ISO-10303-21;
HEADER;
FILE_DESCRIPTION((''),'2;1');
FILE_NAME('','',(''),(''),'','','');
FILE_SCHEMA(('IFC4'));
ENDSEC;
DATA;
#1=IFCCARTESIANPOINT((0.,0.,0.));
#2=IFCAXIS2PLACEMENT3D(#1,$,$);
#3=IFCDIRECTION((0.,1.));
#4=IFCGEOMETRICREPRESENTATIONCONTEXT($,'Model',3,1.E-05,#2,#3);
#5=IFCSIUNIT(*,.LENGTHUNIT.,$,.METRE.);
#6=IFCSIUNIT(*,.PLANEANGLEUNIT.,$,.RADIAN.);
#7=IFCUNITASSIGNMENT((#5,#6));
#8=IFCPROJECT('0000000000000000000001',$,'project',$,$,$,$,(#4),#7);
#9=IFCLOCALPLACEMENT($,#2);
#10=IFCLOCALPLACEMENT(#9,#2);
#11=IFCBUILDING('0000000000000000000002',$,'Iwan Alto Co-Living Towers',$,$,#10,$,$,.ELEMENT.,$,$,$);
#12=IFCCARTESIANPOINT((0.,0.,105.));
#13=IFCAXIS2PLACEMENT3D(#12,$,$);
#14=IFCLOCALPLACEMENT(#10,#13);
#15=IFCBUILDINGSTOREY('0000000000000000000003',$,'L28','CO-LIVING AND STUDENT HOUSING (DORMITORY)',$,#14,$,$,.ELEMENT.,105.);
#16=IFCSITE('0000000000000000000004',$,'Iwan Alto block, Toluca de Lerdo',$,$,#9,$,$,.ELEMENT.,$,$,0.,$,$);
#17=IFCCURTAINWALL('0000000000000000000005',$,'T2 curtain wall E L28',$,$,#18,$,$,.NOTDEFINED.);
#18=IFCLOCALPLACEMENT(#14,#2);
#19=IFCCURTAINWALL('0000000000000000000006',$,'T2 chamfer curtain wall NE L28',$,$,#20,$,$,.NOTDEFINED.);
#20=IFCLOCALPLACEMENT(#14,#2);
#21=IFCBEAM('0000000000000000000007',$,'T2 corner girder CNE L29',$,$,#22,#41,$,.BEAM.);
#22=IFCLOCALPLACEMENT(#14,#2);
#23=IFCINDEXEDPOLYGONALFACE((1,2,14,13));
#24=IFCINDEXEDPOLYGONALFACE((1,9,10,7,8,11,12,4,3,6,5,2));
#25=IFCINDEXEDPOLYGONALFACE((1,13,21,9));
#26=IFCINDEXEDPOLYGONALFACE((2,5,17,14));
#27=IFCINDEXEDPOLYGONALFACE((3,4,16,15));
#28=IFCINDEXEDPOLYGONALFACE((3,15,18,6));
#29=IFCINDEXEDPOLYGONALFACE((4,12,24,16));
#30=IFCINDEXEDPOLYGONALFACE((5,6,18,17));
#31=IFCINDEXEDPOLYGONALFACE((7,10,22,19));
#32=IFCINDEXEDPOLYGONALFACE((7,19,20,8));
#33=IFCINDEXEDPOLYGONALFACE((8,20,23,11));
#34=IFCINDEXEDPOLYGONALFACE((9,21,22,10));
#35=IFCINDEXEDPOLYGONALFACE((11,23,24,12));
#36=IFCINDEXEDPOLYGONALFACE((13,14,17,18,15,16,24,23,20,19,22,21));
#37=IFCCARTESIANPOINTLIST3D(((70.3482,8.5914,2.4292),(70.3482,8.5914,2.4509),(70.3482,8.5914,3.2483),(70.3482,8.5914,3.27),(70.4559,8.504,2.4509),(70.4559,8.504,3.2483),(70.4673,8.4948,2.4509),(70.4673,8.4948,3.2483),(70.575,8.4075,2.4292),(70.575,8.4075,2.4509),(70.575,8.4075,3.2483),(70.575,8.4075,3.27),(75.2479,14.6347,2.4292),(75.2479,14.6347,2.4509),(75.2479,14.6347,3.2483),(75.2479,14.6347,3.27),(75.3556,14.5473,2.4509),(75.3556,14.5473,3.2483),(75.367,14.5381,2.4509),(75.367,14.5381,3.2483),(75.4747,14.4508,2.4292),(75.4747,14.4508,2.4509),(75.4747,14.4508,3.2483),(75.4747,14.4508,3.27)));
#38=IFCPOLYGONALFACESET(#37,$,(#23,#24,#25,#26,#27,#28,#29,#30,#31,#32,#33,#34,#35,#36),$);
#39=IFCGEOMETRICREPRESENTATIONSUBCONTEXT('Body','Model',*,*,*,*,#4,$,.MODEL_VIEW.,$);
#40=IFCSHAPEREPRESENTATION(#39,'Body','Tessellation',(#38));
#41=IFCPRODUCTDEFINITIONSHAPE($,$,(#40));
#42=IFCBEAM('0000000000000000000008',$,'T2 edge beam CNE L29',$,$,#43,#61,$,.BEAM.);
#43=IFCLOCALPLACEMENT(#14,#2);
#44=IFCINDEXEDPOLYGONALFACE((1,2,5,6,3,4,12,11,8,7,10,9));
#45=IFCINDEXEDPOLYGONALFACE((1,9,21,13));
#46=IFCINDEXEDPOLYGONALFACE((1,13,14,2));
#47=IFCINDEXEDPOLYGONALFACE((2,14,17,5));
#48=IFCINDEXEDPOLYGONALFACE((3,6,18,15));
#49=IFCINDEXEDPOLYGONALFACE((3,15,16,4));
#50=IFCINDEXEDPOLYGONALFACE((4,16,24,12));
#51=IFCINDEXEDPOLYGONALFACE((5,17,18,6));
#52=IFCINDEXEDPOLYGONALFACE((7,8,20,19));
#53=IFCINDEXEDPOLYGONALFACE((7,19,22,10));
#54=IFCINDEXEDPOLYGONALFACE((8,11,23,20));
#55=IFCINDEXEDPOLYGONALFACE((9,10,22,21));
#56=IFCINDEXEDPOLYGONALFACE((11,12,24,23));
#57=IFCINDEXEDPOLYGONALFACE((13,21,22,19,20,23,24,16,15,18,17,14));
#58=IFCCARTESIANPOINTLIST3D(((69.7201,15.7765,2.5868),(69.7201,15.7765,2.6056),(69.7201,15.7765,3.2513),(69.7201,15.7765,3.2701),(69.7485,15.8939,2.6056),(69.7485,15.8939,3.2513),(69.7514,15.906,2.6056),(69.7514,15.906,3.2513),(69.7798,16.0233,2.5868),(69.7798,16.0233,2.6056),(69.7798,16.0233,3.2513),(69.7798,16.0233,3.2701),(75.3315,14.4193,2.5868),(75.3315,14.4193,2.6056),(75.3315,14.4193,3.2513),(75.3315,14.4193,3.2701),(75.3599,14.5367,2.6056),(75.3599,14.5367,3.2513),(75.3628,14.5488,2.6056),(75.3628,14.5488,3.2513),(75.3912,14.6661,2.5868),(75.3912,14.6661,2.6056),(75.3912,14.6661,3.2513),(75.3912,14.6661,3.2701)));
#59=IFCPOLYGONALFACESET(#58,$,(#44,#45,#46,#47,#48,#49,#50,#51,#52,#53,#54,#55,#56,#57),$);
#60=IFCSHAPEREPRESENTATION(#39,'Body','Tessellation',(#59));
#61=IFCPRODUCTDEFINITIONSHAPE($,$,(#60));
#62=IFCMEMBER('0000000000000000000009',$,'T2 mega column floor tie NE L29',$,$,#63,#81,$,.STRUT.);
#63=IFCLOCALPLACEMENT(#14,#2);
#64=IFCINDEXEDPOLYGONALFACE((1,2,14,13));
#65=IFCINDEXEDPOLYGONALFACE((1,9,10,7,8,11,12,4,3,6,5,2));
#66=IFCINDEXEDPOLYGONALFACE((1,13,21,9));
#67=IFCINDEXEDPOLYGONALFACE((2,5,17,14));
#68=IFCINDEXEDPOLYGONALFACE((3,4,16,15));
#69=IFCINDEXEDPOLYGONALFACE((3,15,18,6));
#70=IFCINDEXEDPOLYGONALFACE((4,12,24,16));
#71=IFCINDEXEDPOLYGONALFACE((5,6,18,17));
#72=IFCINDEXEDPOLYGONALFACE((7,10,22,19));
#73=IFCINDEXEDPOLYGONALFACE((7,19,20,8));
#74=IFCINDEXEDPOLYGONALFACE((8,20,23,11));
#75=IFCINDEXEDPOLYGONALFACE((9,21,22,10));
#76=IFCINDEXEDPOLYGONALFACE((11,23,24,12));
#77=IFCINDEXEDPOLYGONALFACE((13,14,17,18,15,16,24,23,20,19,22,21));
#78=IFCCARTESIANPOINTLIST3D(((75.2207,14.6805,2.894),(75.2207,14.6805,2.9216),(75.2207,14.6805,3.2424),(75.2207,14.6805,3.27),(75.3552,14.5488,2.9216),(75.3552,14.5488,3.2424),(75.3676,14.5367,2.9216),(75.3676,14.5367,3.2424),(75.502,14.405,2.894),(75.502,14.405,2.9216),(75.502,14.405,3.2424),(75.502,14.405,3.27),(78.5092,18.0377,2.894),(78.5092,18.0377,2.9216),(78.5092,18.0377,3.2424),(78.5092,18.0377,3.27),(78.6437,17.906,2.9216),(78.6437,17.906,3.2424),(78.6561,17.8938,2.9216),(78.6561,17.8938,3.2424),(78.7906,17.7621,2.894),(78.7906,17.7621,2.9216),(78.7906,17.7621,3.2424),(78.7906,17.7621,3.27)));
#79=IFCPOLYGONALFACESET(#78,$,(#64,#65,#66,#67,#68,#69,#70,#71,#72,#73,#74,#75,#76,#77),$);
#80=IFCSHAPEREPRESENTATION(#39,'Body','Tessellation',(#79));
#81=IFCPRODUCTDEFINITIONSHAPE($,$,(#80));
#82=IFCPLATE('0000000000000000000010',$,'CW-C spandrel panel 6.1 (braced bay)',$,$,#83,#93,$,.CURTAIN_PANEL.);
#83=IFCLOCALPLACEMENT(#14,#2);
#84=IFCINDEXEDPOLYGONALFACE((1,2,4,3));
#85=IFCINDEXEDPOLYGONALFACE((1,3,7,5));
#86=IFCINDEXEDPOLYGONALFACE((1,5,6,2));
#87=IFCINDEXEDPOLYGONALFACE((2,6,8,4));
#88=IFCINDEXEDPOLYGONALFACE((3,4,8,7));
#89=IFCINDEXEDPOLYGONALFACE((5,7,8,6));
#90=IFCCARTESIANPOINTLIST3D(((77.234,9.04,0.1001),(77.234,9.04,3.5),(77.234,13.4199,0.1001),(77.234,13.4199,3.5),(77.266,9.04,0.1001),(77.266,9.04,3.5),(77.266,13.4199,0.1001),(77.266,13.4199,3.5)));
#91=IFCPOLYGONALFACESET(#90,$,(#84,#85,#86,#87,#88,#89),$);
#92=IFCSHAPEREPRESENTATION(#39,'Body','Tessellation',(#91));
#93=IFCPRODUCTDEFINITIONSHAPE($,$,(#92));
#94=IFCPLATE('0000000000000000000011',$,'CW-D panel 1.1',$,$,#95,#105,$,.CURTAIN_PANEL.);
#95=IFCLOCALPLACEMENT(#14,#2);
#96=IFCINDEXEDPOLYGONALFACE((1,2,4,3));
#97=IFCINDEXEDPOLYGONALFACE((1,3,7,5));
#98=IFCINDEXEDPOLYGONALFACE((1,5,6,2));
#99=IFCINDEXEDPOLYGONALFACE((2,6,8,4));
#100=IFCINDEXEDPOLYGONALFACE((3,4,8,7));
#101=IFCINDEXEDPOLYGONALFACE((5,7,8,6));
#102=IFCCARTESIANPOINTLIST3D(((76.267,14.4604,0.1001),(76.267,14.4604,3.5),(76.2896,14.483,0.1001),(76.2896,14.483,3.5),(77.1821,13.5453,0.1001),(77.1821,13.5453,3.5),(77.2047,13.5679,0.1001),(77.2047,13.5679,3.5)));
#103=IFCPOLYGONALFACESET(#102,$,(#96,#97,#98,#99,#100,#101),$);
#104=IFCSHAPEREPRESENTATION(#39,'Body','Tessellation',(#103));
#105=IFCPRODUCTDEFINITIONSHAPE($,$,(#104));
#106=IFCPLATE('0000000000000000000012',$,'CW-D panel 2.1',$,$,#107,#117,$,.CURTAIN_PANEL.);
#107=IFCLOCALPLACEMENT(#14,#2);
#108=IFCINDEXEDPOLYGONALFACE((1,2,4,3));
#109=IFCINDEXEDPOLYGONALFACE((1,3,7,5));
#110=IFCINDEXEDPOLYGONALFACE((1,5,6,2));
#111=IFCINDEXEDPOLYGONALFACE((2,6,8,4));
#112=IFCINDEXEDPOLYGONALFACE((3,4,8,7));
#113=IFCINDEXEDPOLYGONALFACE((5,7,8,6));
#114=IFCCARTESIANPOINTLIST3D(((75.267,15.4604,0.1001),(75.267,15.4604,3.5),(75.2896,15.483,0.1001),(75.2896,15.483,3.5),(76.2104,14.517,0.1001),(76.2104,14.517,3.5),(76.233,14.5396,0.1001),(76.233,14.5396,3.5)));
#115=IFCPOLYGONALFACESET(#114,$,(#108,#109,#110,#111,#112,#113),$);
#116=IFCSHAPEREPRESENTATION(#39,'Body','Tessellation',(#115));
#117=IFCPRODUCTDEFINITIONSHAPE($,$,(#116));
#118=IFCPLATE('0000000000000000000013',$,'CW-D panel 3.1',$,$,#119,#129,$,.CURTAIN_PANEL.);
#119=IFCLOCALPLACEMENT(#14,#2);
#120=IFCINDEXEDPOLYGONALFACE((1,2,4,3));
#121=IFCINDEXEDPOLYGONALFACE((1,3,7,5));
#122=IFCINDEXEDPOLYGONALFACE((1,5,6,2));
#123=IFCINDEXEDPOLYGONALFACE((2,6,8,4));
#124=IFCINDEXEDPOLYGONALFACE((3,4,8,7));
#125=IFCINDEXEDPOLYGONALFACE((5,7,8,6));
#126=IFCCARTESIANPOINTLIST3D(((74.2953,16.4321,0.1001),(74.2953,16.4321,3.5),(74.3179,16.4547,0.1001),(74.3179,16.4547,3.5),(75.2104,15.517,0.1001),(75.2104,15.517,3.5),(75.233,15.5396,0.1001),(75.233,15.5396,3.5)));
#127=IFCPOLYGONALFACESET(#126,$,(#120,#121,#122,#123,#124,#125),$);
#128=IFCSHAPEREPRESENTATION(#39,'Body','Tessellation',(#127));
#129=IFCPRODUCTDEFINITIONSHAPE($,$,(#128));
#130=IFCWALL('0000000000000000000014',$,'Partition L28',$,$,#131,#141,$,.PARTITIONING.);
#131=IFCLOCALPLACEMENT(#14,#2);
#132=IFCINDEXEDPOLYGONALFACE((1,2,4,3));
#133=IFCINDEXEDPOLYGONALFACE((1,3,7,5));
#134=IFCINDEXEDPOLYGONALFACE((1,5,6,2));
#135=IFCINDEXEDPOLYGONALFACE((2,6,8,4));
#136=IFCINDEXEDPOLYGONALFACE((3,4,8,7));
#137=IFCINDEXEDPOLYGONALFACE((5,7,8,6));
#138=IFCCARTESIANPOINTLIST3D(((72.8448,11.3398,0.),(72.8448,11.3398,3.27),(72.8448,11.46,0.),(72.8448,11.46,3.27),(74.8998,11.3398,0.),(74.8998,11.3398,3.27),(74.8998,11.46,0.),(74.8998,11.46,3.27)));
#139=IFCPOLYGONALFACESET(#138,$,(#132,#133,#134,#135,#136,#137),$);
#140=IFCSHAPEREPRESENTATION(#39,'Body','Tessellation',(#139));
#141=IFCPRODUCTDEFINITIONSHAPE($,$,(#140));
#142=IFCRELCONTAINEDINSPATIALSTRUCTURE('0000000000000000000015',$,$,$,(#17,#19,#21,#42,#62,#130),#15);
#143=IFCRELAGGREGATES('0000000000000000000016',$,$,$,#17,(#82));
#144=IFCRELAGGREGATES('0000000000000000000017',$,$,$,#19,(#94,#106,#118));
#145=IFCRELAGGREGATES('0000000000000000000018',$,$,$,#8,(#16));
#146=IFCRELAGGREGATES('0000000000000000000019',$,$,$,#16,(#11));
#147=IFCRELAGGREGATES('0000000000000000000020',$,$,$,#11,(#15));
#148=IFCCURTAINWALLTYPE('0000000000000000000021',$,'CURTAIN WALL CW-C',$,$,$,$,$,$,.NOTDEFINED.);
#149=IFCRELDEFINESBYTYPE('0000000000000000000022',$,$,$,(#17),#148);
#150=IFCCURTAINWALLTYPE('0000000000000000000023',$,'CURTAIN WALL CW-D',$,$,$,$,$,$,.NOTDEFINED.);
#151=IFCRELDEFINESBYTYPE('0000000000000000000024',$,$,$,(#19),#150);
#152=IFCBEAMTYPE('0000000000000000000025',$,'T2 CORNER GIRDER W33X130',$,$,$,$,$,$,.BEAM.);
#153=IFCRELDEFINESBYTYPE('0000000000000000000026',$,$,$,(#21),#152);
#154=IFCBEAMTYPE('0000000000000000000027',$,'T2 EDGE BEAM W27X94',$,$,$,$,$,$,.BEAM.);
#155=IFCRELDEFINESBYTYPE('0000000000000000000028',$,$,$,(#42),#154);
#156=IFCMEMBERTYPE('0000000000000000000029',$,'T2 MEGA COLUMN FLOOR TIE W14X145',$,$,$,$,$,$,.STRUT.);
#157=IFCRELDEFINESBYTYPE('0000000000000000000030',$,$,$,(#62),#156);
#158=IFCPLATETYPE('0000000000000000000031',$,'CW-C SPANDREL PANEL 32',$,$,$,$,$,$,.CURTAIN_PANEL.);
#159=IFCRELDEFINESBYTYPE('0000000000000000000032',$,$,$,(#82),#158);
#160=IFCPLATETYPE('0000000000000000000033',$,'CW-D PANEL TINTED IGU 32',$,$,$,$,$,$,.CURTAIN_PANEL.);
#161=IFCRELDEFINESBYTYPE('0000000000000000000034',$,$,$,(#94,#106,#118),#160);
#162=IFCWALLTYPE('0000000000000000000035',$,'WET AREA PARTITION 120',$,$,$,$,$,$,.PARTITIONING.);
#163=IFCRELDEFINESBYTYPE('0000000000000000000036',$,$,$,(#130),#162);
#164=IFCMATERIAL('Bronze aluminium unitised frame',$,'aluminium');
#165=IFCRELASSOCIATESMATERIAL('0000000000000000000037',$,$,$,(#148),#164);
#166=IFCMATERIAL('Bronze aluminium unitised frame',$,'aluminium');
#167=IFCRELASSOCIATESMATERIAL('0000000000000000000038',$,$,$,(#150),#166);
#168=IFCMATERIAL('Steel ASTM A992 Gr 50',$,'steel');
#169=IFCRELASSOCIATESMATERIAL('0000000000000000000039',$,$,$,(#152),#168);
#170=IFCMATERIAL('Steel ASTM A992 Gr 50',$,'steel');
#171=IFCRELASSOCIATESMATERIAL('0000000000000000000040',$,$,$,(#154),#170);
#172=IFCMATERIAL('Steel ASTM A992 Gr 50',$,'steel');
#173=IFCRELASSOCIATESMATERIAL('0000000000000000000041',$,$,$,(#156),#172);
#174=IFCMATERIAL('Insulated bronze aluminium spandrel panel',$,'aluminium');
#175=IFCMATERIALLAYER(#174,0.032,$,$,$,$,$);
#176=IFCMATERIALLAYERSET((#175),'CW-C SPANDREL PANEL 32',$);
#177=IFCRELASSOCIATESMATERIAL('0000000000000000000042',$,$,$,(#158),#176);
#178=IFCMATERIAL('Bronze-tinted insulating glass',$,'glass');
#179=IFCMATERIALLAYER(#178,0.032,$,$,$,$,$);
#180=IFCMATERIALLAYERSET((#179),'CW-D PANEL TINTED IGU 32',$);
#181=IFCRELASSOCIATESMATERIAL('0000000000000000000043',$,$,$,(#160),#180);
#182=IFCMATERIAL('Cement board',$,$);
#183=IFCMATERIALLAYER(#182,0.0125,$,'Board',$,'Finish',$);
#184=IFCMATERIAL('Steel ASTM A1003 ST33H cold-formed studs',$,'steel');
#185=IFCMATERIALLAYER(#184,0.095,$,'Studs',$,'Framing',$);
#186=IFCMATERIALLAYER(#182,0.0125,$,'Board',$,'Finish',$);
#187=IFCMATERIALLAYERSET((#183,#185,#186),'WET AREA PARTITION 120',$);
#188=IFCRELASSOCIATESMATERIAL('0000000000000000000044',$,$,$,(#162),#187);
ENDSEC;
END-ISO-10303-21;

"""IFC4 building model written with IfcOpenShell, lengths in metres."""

from ifc_helpers import new_model, si_unit, direction, frame, frame_2d, origin, origin_2d, place, context, subcontext, project, spatial, rectangle, i_section, extrude, material, layer, layer_set, material_profile, profile_set, type_object, element, aggregate, save


model = new_model("IFC4")

# Units and contexts
model_context = context("Model", 3, precision=1e-05, world=origin(), true_north=direction((0.0, 1.0)))
body_context = subcontext(model_context, "Body", "Model", "MODEL_VIEW")
ifc_project = project(units=[si_unit("LENGTHUNIT", "METRE"), si_unit("PLANEANGLEUNIT", "RADIAN")], contexts=[model_context])

# Site, building, storey
site_placement = place(None, origin())
site = spatial("IfcSite", under=ifc_project, at=site_placement, Name="Iwan Alto block, Toluca de Lerdo", CompositionType="ELEMENT", RefElevation=0.0)
building_placement = place(site_placement, origin())
building = spatial("IfcBuilding", under=site, at=building_placement, Name="Iwan Alto Co-Living Towers", CompositionType="ELEMENT")
storey_placement = place(building_placement, frame((0.0, 0.0, 105.0)))
storey = spatial("IfcBuildingStorey", under=building, at=storey_placement, Name="L28", Description="CO-LIVING AND STUDENT HOUSING (DORMITORY)", CompositionType="ELEMENT", Elevation=105.0)

# Curtain wall
ifc_material_1 = material(Name="Bronze aluminium unitised frame", Category="aluminium")
curtain_wall_type_1 = type_object("IfcCurtainWallType", Name="CURTAIN WALL CW-C", PredefinedType="NOTDEFINED", material=ifc_material_1)
curtain_wall_1_placement = place(storey_placement, origin())
curtain_wall_1 = element("IfcCurtainWall", 1, at=curtain_wall_1_placement, inside=storey, type_object=curtain_wall_type_1, Name="T2 curtain wall E L28", PredefinedType="NOTDEFINED")

# Curtain wall
ifc_material_2 = material(Name="Bronze aluminium unitised frame", Category="aluminium")
curtain_wall_type_2 = type_object("IfcCurtainWallType", Name="CURTAIN WALL CW-D", PredefinedType="NOTDEFINED", material=ifc_material_2)
curtain_wall_2_placement = place(storey_placement, origin())
curtain_wall_2 = element("IfcCurtainWall", 2, at=curtain_wall_2_placement, inside=storey, type_object=curtain_wall_type_2, Name="T2 chamfer curtain wall NE L28", PredefinedType="NOTDEFINED")

# Beams
ifc_material_3 = material(Name="Steel ASTM A992 Gr 50", Category="steel")
ifc_material_profile_1 = material_profile(ifc_material_3, i_section(OverallWidth=0.292, OverallDepth=0.8408, WebThickness=0.0146, FlangeThickness=0.0217, at=origin_2d()), Name="W33X130")
ifc_profile_set_1 = profile_set([ifc_material_profile_1], Name="Steel ASTM A992 Gr 50")
beam_type_1 = type_object("IfcBeamType", Name="T2 CORNER GIRDER W33X130", PredefinedType="BEAM", material=ifc_profile_set_1)
beam_1_placement = place(storey_placement, frame((75.3613, 14.5427, 2.8496), z_axis=(-0.629783, -0.776771, 0.0), x_axis=(0.776771, -0.629783, 0.0)))
element("IfcBeam", 3, at=beam_1_placement, inside=storey, type_object=beam_type_1, Name="T2 corner girder CNE L29", PredefinedType="BEAM", context=body_context, shape_type="SweptSolid", body=[
    extrude(i_section(OverallWidth=0.292, OverallDepth=0.8408, WebThickness=0.0146, FlangeThickness=0.0217, at=origin_2d()), origin(), (0.0, 0.0, 1.0), 7.78),
])
ifc_material_4 = material(Name="Steel ASTM A992 Gr 50", Category="steel")
ifc_material_profile_2 = material_profile(ifc_material_4, i_section(OverallWidth=0.2539, OverallDepth=0.6833, WebThickness=0.0125, FlangeThickness=0.0188, at=origin_2d()), Name="W27X94")
ifc_profile_set_2 = profile_set([ifc_material_profile_2], Name="Steel ASTM A992 Gr 50")
beam_type_2 = type_object("IfcBeamType", Name="T2 EDGE BEAM W27X94", PredefinedType="BEAM", material=ifc_profile_set_2)
beam_2_placement = place(storey_placement, frame((75.3613, 14.5427, 2.9285), z_axis=(-0.971975, 0.235086, 0.0), x_axis=(-0.235086, -0.971975, 0.0)))
element("IfcBeam", 4, at=beam_2_placement, inside=storey, type_object=beam_type_2, Name="T2 edge beam CNE L29", PredefinedType="BEAM", context=body_context, shape_type="SweptSolid", body=[
    extrude(i_section(OverallWidth=0.2539, OverallDepth=0.6833, WebThickness=0.0125, FlangeThickness=0.0188, at=origin_2d()), origin(), (0.0, 0.0, 1.0), 5.7732),
])

# Member
ifc_material_5 = material(Name="Steel ASTM A992 Gr 50", Category="steel")
ifc_material_profile_3 = material_profile(ifc_material_5, i_section(OverallWidth=0.3938, OverallDepth=0.376, WebThickness=0.0173, FlangeThickness=0.0276, at=origin_2d()), Name="W14X145")
ifc_profile_set_3 = profile_set([ifc_material_profile_3], Name="Steel ASTM A992 Gr 50")
member_type_1 = type_object("IfcMemberType", Name="T2 MEGA COLUMN FLOOR TIE W14X145", PredefinedType="STRUT", material=ifc_profile_set_3)
member_1_placement = place(storey_placement, frame((78.6499, 17.8999, 3.082), z_axis=(-0.69977, -0.714368, 0.0), x_axis=(0.714368, -0.69977, 0.0)))
element("IfcMember", 5, at=member_1_placement, inside=storey, type_object=member_type_1, Name="T2 mega column floor tie NE L29", PredefinedType="STRUT", context=body_context, shape_type="SweptSolid", body=[
    extrude(i_section(OverallWidth=0.3938, OverallDepth=0.376, WebThickness=0.0173, FlangeThickness=0.0276, at=origin_2d()), origin(), (0.0, 0.0, 1.0), 4.6995),
])

# Plates
ifc_material_6 = material(Name="Insulated bronze aluminium spandrel panel", Category="aluminium")
ifc_layer_1 = layer(ifc_material_6, 0.032)
ifc_layer_set_1 = layer_set([ifc_layer_1], Name="CW-C SPANDREL PANEL 32")
plate_type_1 = type_object("IfcPlateType", Name="CW-C SPANDREL PANEL 32", PredefinedType="CURTAIN_PANEL", material=ifc_layer_set_1)
plate_1_placement = place(storey_placement, frame((77.25, 11.23, 0.1001), z_axis=(0.0, 0.0, 1.0), x_axis=(0.0, 1.0, 0.0)))
plate_1 = element("IfcPlate", 6, at=plate_1_placement, type_object=plate_type_1, Name="CW-C spandrel panel 6.1 (braced bay)", PredefinedType="CURTAIN_PANEL", context=body_context, shape_type="SweptSolid", body=[
    extrude(rectangle(XDim=4.3799, YDim=0.032, at=origin_2d()), origin(), (0.0, 0.0, 1.0), 3.3999),
])
aggregate(curtain_wall_1, [plate_1])
ifc_material_7 = material(Name="Bronze-tinted insulating glass", Category="glass")
ifc_layer_2 = layer(ifc_material_7, 0.032)
ifc_layer_set_2 = layer_set([ifc_layer_2], Name="CW-D PANEL TINTED IGU 32")
plate_type_2 = type_object("IfcPlateType", Name="CW-D PANEL TINTED IGU 32", PredefinedType="CURTAIN_PANEL", material=ifc_layer_set_2)
plate_2_placement = place(storey_placement, frame((76.7358, 14.0142, 0.1001), z_axis=(0.0, 0.0, 1.0), x_axis=(-0.707107, 0.707107, 0.0)))
plate_2 = element("IfcPlate", 7, at=plate_2_placement, type_object=plate_type_2, Name="CW-D panel 1.1", PredefinedType="CURTAIN_PANEL", context=body_context, shape_type="SweptSolid", body=[
    extrude(rectangle(XDim=1.2942, YDim=0.032, at=origin_2d()), origin(), (0.0, 0.0, 1.0), 3.3999),
])
plate_3_placement = place(storey_placement, frame((75.75, 15.0, 0.1001), z_axis=(0.0, 0.0, 1.0), x_axis=(-0.707107, 0.707107, 0.0)))
plate_3 = element("IfcPlate", 8, at=plate_3_placement, type_object=plate_type_2, Name="CW-D panel 2.1", PredefinedType="CURTAIN_PANEL", context=body_context, shape_type="SweptSolid", body=[
    extrude(rectangle(XDim=1.3342, YDim=0.032, at=origin_2d()), origin(), (0.0, 0.0, 1.0), 3.3999),
])
plate_4_placement = place(storey_placement, frame((74.7642, 15.9858, 0.1001), z_axis=(0.0, 0.0, 1.0), x_axis=(-0.707107, 0.707107, 0.0)))
plate_4 = element("IfcPlate", 9, at=plate_4_placement, type_object=plate_type_2, Name="CW-D panel 3.1", PredefinedType="CURTAIN_PANEL", context=body_context, shape_type="SweptSolid", body=[
    extrude(rectangle(XDim=1.2942, YDim=0.032, at=origin_2d()), origin(), (0.0, 0.0, 1.0), 3.3999),
])
aggregate(curtain_wall_2, [plate_2, plate_3, plate_4])

# Wall
ifc_material_8 = material(Name="Cement board")
ifc_layer_3 = layer(ifc_material_8, 0.0125, Name="Board", Category="Finish")
ifc_material_9 = material(Name="Steel ASTM A1003 ST33H cold-formed studs", Category="steel")
ifc_layer_4 = layer(ifc_material_9, 0.095, Name="Studs", Category="Framing")
ifc_layer_5 = layer(ifc_material_8, 0.0125, Name="Board", Category="Finish")
ifc_layer_set_3 = layer_set([ifc_layer_3, ifc_layer_4, ifc_layer_5], Name="WET AREA PARTITION 120")
wall_type = type_object("IfcWallType", Name="WET AREA PARTITION 120", PredefinedType="PARTITIONING", material=ifc_layer_set_3)
wall_placement = place(storey_placement, frame((72.845, 11.3999, 0.0), z_axis=(0.0, 0.0, 1.0), x_axis=(1.0, 0.0, 0.0)))
element("IfcWall", 10, at=wall_placement, inside=storey, type_object=wall_type, Name="Partition L28", PredefinedType="PARTITIONING", context=body_context, shape_type="SweptSolid", body=[
    extrude(rectangle(XDim=2.0549, YDim=0.1201, at=frame_2d((1.0273, 0.0))), origin(), (0.0, 0.0, 1.0), 3.27),
])

save(model, "model.ifc")
